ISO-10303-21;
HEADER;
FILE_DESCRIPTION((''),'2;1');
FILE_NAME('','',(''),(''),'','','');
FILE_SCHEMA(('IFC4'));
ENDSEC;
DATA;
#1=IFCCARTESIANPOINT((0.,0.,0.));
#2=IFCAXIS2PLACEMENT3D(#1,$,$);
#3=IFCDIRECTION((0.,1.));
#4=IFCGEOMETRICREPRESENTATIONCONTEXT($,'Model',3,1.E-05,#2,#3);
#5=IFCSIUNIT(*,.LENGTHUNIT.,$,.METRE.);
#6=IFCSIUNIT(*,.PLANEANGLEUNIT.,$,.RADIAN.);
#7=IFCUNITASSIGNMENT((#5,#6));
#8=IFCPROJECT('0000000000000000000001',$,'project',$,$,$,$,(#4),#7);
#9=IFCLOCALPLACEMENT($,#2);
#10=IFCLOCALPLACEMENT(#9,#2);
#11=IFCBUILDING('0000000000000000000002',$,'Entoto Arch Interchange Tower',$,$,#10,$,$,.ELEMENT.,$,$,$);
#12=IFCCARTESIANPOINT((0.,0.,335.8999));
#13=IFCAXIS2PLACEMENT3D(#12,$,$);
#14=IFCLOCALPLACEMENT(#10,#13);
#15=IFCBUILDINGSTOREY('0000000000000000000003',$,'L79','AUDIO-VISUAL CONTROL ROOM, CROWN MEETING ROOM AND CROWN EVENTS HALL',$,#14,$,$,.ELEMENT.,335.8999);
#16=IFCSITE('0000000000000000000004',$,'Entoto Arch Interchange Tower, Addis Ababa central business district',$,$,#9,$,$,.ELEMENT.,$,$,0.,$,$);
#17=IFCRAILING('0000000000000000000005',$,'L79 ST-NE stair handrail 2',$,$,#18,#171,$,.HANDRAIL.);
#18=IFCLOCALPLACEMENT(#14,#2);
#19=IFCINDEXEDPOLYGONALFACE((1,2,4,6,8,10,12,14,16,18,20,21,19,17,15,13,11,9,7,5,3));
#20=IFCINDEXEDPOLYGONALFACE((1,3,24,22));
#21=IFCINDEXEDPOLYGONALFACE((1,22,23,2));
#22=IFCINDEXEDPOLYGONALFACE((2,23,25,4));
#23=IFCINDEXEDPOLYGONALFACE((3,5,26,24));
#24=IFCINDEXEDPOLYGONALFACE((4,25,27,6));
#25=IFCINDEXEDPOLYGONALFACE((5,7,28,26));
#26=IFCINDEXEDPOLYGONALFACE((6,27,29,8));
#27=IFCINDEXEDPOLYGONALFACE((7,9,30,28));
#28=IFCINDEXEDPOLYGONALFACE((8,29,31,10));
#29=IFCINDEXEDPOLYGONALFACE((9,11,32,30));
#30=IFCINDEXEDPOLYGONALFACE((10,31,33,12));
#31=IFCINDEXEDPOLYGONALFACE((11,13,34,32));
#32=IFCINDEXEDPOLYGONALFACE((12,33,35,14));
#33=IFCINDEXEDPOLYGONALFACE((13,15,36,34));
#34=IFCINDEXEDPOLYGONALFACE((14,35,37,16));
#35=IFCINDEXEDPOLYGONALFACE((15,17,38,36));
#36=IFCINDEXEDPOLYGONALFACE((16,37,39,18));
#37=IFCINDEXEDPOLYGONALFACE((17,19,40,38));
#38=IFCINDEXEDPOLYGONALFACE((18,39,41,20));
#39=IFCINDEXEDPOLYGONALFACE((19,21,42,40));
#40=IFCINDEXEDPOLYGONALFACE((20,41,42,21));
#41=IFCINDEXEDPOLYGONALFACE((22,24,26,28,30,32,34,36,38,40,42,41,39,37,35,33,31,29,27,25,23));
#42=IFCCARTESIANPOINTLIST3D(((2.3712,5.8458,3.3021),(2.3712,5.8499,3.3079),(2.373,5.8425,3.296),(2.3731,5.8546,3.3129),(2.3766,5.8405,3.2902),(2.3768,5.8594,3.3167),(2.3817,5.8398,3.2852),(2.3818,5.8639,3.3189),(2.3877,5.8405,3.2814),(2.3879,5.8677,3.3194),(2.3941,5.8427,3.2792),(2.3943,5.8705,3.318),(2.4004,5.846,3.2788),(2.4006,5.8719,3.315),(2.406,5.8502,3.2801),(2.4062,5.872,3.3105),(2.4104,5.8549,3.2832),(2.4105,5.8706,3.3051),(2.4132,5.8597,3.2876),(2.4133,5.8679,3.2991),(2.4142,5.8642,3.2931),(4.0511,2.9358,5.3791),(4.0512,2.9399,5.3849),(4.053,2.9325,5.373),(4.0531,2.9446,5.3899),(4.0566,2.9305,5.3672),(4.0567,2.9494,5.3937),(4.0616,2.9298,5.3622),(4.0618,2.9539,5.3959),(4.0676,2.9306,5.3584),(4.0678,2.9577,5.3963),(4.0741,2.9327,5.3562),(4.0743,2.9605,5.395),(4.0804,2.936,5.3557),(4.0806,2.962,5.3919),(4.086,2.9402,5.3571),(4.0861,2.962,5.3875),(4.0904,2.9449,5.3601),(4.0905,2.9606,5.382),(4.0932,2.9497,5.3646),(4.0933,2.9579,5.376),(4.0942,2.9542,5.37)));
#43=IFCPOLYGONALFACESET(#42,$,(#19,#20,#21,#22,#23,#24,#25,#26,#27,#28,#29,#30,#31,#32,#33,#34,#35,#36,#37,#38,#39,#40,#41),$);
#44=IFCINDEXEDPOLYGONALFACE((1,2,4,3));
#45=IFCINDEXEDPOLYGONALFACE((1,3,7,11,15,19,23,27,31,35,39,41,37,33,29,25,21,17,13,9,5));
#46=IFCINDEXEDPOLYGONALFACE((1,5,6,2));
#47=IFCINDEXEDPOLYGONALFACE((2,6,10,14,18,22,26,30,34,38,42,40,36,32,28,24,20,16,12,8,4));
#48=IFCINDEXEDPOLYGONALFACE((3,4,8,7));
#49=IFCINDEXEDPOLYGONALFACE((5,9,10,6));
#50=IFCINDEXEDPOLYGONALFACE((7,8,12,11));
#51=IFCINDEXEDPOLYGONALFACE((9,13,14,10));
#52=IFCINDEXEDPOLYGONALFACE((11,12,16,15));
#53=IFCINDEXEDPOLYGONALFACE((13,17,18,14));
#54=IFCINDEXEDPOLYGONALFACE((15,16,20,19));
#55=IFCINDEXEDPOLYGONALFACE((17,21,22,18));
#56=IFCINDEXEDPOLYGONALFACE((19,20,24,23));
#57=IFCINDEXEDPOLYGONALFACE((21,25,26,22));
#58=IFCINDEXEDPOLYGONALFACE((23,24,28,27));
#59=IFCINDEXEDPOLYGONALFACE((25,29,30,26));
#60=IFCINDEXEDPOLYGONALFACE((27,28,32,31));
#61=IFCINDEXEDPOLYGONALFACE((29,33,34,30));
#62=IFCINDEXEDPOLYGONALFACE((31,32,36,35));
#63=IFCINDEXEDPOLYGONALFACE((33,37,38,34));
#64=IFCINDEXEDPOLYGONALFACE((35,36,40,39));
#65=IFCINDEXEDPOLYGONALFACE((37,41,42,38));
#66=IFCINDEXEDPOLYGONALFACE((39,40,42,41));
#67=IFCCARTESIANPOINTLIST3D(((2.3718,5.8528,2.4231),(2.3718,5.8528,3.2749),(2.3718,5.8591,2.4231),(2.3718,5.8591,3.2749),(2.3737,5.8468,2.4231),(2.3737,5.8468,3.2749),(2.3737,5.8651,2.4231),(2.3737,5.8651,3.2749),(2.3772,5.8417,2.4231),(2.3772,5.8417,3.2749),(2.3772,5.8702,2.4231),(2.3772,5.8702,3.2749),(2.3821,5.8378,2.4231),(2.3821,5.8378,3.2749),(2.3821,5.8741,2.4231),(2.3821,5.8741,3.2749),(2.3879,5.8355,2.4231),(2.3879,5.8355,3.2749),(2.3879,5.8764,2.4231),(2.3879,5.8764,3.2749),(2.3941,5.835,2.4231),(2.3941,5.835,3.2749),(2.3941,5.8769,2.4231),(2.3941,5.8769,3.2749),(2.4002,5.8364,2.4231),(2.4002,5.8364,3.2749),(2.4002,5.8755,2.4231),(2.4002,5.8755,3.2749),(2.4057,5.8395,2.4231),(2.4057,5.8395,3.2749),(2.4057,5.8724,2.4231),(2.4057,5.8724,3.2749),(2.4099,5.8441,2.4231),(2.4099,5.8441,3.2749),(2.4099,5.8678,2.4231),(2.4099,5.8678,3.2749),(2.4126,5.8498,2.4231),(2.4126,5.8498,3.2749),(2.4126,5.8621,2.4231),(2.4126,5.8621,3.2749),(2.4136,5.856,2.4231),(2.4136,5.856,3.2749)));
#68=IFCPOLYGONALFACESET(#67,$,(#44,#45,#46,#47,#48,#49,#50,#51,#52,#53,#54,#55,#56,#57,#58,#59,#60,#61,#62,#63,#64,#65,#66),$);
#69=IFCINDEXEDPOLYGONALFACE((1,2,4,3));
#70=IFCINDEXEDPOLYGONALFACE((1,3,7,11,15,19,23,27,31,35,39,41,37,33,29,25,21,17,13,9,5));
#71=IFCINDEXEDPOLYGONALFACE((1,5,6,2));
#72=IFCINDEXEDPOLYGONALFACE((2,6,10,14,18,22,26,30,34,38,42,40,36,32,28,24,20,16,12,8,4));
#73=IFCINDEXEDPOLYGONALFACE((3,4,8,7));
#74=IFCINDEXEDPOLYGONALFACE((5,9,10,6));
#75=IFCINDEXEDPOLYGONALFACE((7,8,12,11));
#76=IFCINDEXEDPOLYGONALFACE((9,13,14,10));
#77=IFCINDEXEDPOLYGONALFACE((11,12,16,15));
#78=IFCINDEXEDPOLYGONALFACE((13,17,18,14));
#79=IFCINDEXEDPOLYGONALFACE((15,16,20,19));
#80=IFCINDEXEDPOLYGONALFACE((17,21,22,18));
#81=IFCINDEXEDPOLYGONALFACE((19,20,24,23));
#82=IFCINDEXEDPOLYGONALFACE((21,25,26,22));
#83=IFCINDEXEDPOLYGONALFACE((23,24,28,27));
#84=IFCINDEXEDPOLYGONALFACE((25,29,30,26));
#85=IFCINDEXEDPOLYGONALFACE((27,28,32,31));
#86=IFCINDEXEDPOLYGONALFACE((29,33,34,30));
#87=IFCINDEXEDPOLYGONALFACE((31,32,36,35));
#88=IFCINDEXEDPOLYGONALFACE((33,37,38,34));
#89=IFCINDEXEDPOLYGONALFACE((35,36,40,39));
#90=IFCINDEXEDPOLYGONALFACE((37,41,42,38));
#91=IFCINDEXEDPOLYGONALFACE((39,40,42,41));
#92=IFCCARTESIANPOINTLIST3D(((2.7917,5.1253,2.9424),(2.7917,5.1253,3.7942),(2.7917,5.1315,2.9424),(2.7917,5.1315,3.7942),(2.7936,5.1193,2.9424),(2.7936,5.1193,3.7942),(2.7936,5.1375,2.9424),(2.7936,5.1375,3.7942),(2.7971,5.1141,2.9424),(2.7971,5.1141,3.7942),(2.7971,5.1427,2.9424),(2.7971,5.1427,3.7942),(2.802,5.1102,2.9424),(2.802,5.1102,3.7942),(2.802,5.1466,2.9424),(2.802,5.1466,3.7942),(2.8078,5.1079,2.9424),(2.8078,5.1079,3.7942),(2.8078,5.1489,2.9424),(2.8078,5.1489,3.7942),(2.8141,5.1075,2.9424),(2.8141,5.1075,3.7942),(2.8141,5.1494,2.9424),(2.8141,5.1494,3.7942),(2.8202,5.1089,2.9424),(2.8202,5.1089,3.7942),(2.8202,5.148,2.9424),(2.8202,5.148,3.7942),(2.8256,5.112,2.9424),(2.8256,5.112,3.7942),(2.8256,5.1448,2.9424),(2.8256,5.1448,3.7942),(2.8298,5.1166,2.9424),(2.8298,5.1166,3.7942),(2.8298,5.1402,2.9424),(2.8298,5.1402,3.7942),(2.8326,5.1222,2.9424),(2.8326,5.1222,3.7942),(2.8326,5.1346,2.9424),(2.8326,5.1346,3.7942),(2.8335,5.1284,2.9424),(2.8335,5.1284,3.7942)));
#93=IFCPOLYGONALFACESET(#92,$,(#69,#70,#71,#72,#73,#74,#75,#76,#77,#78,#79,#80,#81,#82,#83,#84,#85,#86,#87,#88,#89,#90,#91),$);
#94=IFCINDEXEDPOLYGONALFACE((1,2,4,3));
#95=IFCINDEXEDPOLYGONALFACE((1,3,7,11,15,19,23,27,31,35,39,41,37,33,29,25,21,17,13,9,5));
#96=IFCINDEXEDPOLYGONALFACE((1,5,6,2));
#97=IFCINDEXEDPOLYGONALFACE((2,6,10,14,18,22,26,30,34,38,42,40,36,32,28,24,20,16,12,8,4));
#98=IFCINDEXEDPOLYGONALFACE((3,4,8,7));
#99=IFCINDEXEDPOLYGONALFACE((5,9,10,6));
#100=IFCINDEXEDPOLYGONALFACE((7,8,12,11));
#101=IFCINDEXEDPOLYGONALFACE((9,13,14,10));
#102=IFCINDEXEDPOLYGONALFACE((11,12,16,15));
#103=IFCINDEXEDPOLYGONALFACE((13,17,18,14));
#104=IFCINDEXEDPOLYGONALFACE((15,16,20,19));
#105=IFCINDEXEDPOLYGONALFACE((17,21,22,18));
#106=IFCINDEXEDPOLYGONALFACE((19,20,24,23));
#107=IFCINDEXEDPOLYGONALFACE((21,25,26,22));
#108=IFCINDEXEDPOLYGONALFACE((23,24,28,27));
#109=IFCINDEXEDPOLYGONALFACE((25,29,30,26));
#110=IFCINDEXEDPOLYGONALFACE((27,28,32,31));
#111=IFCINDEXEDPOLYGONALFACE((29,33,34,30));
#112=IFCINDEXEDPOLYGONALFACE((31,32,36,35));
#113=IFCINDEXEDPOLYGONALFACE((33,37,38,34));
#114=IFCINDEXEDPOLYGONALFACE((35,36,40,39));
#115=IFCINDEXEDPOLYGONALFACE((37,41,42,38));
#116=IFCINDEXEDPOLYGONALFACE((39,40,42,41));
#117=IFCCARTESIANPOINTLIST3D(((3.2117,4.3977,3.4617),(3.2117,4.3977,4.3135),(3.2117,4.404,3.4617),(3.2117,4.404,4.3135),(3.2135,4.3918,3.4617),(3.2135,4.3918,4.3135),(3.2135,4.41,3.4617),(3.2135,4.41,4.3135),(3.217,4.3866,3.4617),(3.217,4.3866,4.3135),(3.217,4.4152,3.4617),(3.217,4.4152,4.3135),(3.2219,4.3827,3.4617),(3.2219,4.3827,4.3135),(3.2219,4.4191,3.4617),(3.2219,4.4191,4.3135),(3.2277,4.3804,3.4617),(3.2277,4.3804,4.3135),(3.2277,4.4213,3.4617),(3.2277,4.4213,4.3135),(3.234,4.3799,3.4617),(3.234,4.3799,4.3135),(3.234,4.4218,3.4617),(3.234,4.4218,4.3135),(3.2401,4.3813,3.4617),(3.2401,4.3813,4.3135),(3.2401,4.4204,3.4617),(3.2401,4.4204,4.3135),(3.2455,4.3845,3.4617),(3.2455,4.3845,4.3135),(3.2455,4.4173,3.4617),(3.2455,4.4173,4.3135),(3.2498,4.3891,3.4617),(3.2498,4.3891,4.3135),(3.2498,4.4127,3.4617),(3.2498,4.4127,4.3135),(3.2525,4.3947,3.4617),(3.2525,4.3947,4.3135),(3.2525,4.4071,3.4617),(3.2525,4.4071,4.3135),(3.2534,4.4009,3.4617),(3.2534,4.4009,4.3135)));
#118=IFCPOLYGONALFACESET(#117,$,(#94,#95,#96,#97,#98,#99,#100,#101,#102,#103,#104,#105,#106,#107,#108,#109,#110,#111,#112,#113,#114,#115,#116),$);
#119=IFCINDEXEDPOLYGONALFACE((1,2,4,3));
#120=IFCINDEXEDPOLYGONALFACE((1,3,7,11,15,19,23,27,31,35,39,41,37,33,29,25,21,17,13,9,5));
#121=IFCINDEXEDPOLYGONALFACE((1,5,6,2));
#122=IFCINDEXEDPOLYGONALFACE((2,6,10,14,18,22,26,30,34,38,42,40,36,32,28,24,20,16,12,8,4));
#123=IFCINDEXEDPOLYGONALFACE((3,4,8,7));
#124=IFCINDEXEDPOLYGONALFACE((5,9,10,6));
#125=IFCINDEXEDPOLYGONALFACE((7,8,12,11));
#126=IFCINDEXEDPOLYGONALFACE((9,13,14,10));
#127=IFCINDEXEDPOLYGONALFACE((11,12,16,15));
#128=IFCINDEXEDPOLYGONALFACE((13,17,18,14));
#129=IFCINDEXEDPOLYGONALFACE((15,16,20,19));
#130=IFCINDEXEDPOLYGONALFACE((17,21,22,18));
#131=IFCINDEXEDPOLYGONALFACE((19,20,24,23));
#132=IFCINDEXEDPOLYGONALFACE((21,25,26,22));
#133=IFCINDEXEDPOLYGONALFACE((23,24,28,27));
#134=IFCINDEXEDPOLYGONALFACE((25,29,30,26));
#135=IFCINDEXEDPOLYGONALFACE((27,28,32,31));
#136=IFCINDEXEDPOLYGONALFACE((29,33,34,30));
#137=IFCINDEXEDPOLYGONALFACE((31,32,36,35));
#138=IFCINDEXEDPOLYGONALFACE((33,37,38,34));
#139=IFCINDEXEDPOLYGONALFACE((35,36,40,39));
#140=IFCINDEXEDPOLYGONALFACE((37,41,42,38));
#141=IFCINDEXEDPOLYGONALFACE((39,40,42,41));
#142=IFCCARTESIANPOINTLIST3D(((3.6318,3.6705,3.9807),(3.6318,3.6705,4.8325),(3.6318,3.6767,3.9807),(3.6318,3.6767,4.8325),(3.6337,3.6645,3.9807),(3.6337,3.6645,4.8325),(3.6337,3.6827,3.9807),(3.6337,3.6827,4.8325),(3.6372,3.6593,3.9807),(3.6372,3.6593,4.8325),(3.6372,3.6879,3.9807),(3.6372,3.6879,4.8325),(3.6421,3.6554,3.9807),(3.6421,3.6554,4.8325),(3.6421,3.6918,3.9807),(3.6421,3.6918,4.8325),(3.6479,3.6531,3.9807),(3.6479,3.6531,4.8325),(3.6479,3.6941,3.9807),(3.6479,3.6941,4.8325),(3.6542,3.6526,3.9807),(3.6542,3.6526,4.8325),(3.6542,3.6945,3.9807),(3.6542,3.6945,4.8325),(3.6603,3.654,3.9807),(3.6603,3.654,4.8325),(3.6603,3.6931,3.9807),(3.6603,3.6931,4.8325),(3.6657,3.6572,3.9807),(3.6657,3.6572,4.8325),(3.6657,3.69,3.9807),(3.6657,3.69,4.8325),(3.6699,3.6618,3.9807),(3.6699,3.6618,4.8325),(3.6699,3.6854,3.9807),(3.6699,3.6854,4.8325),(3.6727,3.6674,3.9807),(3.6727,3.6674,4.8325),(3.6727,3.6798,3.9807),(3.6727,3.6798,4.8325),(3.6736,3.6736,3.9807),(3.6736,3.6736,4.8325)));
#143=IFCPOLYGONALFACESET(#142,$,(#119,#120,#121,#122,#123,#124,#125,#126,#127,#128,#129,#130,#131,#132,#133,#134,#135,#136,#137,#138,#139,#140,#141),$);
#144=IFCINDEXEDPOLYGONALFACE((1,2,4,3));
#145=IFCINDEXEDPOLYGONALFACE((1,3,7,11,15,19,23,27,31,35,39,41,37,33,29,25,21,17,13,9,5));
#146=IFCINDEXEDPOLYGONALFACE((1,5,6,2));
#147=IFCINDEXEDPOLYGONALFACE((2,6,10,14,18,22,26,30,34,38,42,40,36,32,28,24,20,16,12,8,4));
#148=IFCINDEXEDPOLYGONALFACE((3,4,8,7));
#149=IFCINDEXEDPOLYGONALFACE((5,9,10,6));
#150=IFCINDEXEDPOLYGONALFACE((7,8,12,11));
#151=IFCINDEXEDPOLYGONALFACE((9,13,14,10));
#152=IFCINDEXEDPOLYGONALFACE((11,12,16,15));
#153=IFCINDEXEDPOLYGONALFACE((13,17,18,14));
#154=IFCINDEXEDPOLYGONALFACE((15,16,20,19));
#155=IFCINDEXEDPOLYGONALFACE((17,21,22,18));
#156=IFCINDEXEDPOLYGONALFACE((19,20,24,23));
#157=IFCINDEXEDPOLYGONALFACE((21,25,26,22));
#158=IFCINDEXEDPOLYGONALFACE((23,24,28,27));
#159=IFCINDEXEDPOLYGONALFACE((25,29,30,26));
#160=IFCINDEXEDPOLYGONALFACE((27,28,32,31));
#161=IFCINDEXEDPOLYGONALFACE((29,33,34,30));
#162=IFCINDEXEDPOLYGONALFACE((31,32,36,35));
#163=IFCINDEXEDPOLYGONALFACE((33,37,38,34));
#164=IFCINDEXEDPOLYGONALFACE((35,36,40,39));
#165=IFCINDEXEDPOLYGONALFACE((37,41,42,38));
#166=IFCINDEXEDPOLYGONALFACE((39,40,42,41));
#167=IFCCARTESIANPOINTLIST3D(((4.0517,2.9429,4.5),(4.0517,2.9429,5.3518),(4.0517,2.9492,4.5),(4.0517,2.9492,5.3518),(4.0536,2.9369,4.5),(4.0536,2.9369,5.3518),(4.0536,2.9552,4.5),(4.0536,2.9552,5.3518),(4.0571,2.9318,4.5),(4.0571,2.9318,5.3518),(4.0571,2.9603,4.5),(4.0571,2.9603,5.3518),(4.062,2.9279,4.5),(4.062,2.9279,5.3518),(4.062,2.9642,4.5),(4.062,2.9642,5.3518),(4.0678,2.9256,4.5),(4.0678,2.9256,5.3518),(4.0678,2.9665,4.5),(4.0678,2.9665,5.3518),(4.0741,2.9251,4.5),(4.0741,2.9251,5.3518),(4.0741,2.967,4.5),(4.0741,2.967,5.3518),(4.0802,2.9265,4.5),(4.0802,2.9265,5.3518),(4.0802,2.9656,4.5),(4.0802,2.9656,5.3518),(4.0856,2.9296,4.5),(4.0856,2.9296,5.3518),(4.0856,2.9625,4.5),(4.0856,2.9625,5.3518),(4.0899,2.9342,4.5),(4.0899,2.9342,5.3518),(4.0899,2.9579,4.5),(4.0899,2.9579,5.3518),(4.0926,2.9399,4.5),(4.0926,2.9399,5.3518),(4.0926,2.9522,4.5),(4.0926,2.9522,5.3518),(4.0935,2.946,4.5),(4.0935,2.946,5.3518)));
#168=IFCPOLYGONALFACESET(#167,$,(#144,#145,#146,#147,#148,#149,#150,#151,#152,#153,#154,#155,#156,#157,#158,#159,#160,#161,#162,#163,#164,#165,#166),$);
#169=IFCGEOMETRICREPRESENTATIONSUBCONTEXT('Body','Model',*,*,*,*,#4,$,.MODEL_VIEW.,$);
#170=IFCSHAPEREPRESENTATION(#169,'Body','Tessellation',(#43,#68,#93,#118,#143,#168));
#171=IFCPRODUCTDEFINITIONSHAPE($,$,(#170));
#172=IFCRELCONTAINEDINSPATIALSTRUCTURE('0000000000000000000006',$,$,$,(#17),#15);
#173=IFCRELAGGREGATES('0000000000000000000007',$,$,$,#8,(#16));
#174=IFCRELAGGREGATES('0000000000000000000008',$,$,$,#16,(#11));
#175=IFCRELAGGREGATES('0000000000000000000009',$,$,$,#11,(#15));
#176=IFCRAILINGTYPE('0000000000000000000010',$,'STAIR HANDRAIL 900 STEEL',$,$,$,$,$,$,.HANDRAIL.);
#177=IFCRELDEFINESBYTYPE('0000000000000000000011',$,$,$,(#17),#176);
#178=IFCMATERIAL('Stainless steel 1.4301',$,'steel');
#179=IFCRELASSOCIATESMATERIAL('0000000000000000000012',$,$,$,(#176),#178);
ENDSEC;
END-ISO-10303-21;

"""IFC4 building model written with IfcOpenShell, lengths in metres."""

from ifc_helpers import new_model, si_unit, direction, frame, origin, origin_2d, place, context, subcontext, project, spatial, circle, extrude, material, type_object, element, save


model = new_model("IFC4")

# Units and contexts
model_context = context("Model", 3, precision=1e-05, world=origin(), true_north=direction((0.0, 1.0)))
body_context = subcontext(model_context, "Body", "Model", "MODEL_VIEW")
ifc_project = project(units=[si_unit("LENGTHUNIT", "METRE"), si_unit("PLANEANGLEUNIT", "RADIAN")], contexts=[model_context])

# Site, building, storey
site_placement = place(None, origin())
site = spatial("IfcSite", under=ifc_project, at=site_placement, Name="Entoto Arch Interchange Tower, Addis Ababa central business district", CompositionType="ELEMENT", RefElevation=0.0)
building_placement = place(site_placement, origin())
building = spatial("IfcBuilding", under=site, at=building_placement, Name="Entoto Arch Interchange Tower", CompositionType="ELEMENT")
storey_placement = place(building_placement, frame((0.0, 0.0, 335.8999)))
storey = spatial("IfcBuildingStorey", under=building, at=storey_placement, Name="L79", Description="AUDIO-VISUAL CONTROL ROOM, CROWN MEETING ROOM AND CROWN EVENTS HALL", CompositionType="ELEMENT", Elevation=335.8999)

# Railing
ifc_material_1 = material(Name="Stainless steel 1.4301", Category="steel")
railing_type_1 = type_object("IfcRailingType", Name="STAIR HANDRAIL 900 STEEL", PredefinedType="HANDRAIL", material=ifc_material_1)
railing_1_placement = place(storey_placement, frame((2.3926, 5.856, 2.4231)))
element("IfcRailing", 1, at=railing_1_placement, inside=storey, type_object=railing_type_1, Name="L79 ST-NE stair handrail 2", PredefinedType="HANDRAIL", context=body_context, shape_type="SweptSolid", body=[
    extrude(circle(Radius=0.0239, at=origin_2d()), frame((0.0, 0.0, 0.876), z_axis=(0.425288, -0.736668, 0.525785), x_axis=(0.866039, 0.499976, 0.0)), (0.0, 0.0, 1.0), 3.9502),
    extrude(circle(Radius=0.021, at=origin_2d()), origin(), (0.0, 0.0, 1.0), 0.8518),
    extrude(circle(Radius=0.021, at=origin_2d()), frame((0.4199, -0.7275, 0.5193)), (0.0, 0.0, 1.0), 0.8518),
    extrude(circle(Radius=0.021, at=origin_2d()), frame((0.8398, -1.4551, 1.0386)), (0.0, 0.0, 1.0), 0.8518),
    extrude(circle(Radius=0.021, at=origin_2d()), frame((1.26, -2.1824, 1.5576)), (0.0, 0.0, 1.0), 0.8518),
    extrude(circle(Radius=0.021, at=origin_2d()), frame((1.6799, -2.9099, 2.0769)), (0.0, 0.0, 1.0), 0.8518),
])

save(model, "model.ifc")
